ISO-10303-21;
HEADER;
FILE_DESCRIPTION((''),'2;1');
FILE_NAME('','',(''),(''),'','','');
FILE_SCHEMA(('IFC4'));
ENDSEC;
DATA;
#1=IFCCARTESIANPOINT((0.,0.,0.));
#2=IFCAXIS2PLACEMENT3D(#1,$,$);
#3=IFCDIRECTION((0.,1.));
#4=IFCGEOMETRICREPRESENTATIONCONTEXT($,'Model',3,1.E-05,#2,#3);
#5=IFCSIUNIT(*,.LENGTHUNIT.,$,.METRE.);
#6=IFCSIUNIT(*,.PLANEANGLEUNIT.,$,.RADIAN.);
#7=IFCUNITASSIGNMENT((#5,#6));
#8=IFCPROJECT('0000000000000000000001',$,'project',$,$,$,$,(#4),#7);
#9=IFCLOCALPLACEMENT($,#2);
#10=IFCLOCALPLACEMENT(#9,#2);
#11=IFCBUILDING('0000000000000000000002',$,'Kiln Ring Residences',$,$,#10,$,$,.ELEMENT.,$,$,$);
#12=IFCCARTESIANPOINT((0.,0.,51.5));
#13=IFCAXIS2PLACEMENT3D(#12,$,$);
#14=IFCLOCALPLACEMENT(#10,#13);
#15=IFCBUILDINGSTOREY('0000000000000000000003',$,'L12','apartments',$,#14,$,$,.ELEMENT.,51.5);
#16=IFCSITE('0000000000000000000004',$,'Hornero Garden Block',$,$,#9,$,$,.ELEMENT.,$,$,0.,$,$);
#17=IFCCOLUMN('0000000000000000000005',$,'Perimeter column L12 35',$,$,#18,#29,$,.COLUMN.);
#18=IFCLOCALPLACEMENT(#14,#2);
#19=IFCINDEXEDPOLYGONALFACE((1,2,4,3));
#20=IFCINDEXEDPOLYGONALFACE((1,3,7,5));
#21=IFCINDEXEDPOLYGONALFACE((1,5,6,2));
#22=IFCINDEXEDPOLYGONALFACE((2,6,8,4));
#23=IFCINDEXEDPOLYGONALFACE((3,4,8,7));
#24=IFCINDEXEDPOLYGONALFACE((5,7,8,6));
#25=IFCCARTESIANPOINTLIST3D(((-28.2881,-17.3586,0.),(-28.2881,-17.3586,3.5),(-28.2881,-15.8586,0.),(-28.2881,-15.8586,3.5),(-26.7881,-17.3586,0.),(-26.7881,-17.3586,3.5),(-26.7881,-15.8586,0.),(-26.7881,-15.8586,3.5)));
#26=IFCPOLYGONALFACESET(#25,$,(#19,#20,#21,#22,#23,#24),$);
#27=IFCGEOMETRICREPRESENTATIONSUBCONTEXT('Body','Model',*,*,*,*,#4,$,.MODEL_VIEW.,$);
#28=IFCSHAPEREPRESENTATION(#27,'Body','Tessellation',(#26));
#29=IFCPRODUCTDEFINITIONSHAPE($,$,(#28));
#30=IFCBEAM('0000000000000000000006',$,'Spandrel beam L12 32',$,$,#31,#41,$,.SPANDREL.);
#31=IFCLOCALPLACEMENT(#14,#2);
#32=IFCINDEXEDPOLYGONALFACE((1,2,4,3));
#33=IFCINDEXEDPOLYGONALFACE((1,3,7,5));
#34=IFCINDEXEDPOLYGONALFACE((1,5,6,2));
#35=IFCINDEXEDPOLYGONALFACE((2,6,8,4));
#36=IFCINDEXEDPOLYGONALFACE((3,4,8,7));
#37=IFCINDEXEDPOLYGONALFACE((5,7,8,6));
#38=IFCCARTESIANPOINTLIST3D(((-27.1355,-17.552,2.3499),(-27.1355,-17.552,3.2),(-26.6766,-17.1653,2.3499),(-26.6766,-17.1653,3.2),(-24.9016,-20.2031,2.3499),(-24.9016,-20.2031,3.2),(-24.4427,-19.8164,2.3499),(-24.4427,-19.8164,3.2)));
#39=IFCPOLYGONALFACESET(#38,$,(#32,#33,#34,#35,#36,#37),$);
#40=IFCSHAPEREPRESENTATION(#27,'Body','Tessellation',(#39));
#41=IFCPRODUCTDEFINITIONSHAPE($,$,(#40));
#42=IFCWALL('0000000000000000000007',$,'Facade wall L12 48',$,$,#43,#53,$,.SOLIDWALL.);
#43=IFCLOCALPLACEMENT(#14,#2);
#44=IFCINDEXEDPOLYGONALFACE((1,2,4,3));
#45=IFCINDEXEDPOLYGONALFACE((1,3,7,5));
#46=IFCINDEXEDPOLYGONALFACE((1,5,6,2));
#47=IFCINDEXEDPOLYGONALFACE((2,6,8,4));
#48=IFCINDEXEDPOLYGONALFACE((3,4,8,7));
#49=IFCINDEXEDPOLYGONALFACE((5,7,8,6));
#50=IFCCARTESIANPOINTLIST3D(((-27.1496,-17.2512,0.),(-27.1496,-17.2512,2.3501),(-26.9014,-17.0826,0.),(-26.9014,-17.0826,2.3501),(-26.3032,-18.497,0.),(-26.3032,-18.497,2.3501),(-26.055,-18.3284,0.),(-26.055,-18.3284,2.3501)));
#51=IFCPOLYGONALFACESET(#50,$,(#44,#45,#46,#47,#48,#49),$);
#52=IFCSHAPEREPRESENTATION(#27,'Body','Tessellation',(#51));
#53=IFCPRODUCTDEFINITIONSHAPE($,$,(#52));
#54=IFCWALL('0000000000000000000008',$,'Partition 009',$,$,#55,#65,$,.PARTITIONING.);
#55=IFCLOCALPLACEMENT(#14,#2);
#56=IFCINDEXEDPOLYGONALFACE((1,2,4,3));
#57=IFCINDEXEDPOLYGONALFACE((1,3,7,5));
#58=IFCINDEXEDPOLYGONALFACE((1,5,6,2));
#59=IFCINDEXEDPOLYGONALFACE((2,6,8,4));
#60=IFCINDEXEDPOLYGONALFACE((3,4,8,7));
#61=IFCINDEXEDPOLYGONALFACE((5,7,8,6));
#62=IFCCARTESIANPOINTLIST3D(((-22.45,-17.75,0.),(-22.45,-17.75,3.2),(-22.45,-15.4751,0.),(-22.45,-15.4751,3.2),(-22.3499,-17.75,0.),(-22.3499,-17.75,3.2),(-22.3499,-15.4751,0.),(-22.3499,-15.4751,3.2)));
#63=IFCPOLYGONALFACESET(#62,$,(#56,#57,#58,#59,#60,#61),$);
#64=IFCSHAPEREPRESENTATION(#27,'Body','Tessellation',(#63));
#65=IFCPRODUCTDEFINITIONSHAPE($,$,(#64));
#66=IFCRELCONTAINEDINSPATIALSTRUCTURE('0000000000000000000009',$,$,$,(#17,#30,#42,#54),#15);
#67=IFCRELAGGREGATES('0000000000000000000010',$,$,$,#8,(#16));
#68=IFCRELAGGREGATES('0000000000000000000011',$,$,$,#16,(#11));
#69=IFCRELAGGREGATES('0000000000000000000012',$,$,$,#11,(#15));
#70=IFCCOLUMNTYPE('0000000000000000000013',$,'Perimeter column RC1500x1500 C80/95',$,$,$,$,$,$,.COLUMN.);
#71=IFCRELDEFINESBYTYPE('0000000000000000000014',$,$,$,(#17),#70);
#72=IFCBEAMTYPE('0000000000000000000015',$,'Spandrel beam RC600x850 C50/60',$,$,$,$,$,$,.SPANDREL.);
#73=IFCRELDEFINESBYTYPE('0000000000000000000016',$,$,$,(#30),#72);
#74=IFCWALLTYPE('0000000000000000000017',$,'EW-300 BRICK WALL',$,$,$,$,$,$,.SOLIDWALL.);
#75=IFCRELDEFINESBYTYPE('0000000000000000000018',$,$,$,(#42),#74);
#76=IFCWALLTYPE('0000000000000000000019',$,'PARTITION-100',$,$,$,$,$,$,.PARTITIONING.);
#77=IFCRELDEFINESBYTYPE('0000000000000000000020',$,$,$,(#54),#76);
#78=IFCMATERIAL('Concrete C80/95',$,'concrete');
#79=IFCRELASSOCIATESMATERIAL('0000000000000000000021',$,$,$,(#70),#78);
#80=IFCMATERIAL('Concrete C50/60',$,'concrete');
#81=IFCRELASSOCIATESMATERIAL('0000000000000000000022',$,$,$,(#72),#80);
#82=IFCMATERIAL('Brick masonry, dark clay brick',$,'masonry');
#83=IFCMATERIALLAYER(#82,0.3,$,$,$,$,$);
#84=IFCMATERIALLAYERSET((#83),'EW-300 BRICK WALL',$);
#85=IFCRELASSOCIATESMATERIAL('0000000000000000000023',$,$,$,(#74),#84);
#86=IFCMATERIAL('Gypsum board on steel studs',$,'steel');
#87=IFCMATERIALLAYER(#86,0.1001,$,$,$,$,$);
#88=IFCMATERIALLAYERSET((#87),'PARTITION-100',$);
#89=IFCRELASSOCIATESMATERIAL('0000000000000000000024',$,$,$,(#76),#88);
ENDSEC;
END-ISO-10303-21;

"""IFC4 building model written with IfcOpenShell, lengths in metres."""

from ifc_helpers import new_model, si_unit, direction, frame, frame_2d, origin, origin_2d, place, context, subcontext, project, spatial, rectangle, extrude, material, layer, layer_set, material_profile, profile_set, type_object, element, save


model = new_model("IFC4")

# Units and contexts
model_context = context("Model", 3, precision=1e-05, world=origin(), true_north=direction((0.0, 1.0)))
body_context = subcontext(model_context, "Body", "Model", "MODEL_VIEW")
ifc_project = project(units=[si_unit("LENGTHUNIT", "METRE"), si_unit("PLANEANGLEUNIT", "RADIAN")], contexts=[model_context])

# Site, building, storey
site_placement = place(None, origin())
site = spatial("IfcSite", under=ifc_project, at=site_placement, Name="Hornero Garden Block", CompositionType="ELEMENT", RefElevation=0.0)
building_placement = place(site_placement, origin())
building = spatial("IfcBuilding", under=site, at=building_placement, Name="Kiln Ring Residences", CompositionType="ELEMENT")
storey_placement = place(building_placement, frame((0.0, 0.0, 51.5)))
storey = spatial("IfcBuildingStorey", under=building, at=storey_placement, Name="L12", Description="apartments", CompositionType="ELEMENT", Elevation=51.5)

# Column
ifc_material_1 = material(Name="Concrete C80/95", Category="concrete")
ifc_material_profile_1 = material_profile(ifc_material_1, rectangle(XDim=1.5, YDim=1.5, at=origin_2d()), Name="RC1500x1500")
ifc_profile_set_1 = profile_set([ifc_material_profile_1], Name="Concrete C80/95")
column_type = type_object("IfcColumnType", Name="Perimeter column RC1500x1500 C80/95", PredefinedType="COLUMN", material=ifc_profile_set_1)
column_placement = place(storey_placement, frame((-27.5381, -16.6086, 0.0), z_axis=(0.0, 0.0, 1.0), x_axis=(1.0, 0.0, 0.0)))
element("IfcColumn", 1, at=column_placement, inside=storey, type_object=column_type, Name="Perimeter column L12 35", PredefinedType="COLUMN", context=body_context, shape_type="SweptSolid", body=[
    extrude(rectangle(XDim=1.5, YDim=1.5, at=origin_2d()), origin(), (0.0, 0.0, 1.0), 3.5),
])

# Beam
ifc_material_2 = material(Name="Concrete C50/60", Category="concrete")
ifc_material_profile_2 = material_profile(ifc_material_2, rectangle(XDim=0.6001, YDim=0.8501, at=origin_2d()), Name="RC600x850")
ifc_profile_set_2 = profile_set([ifc_material_profile_2], Name="Concrete C50/60")
beam_type = type_object("IfcBeamType", Name="Spandrel beam RC600x850 C50/60", PredefinedType="SPANDREL", material=ifc_profile_set_2)
beam_placement = place(storey_placement, frame((-26.906, -17.3586, 2.7749), z_axis=(0.644366, -0.764718, 0.0), x_axis=(0.764718, 0.644366, 0.0)))
element("IfcBeam", 2, at=beam_placement, inside=storey, type_object=beam_type, Name="Spandrel beam L12 32", PredefinedType="SPANDREL", context=body_context, shape_type="SweptSolid", body=[
    extrude(rectangle(XDim=0.6001, YDim=0.8501, at=origin_2d()), origin(), (0.0, 0.0, 1.0), 3.4668),
])

# Wall
ifc_material_3 = material(Name="Brick masonry, dark clay brick", Category="masonry")
ifc_layer_1 = layer(ifc_material_3, 0.3)
ifc_layer_set_1 = layer_set([ifc_layer_1], Name="EW-300 BRICK WALL")
wall_type_1 = type_object("IfcWallType", Name="EW-300 BRICK WALL", PredefinedType="SOLIDWALL", material=ifc_layer_set_1)
wall_1_placement = place(storey_placement, frame((-27.0254, -17.167, 0.0), z_axis=(0.0, 0.0, 1.0), x_axis=(0.561973, -0.827156, 0.0)))
element("IfcWall", 3, at=wall_1_placement, inside=storey, type_object=wall_type_1, Name="Facade wall L12 48", PredefinedType="SOLIDWALL", context=body_context, shape_type="SweptSolid", body=[
    extrude(rectangle(XDim=1.5061, YDim=0.3, at=frame_2d((0.7529, 0.0))), origin(), (0.0, 0.0, 1.0), 2.3501),
])

# Shared definitions
ifc_material_4 = material(Name="Gypsum board on steel studs", Category="steel")
ifc_layer_2 = layer(ifc_material_4, 0.1001)
ifc_layer_set_2 = layer_set([ifc_layer_2], Name="PARTITION-100")
wall_type_2 = type_object("IfcWallType", Name="PARTITION-100", PredefinedType="PARTITIONING", material=ifc_layer_set_2)

# Wall
wall_2_placement = place(storey_placement, frame((-22.3999, -17.75, 0.0), z_axis=(0.0, 0.0, 1.0), x_axis=(0.0, 1.0, 0.0)))
element("IfcWall", 4, at=wall_2_placement, inside=storey, type_object=wall_type_2, Name="Partition 009", PredefinedType="PARTITIONING", context=body_context, shape_type="SweptSolid", body=[
    extrude(rectangle(XDim=2.2749, YDim=0.1001, at=frame_2d((1.1375, 0.0))), origin(), (0.0, 0.0, 1.0), 3.2),
])

save(model, "model.ifc")
